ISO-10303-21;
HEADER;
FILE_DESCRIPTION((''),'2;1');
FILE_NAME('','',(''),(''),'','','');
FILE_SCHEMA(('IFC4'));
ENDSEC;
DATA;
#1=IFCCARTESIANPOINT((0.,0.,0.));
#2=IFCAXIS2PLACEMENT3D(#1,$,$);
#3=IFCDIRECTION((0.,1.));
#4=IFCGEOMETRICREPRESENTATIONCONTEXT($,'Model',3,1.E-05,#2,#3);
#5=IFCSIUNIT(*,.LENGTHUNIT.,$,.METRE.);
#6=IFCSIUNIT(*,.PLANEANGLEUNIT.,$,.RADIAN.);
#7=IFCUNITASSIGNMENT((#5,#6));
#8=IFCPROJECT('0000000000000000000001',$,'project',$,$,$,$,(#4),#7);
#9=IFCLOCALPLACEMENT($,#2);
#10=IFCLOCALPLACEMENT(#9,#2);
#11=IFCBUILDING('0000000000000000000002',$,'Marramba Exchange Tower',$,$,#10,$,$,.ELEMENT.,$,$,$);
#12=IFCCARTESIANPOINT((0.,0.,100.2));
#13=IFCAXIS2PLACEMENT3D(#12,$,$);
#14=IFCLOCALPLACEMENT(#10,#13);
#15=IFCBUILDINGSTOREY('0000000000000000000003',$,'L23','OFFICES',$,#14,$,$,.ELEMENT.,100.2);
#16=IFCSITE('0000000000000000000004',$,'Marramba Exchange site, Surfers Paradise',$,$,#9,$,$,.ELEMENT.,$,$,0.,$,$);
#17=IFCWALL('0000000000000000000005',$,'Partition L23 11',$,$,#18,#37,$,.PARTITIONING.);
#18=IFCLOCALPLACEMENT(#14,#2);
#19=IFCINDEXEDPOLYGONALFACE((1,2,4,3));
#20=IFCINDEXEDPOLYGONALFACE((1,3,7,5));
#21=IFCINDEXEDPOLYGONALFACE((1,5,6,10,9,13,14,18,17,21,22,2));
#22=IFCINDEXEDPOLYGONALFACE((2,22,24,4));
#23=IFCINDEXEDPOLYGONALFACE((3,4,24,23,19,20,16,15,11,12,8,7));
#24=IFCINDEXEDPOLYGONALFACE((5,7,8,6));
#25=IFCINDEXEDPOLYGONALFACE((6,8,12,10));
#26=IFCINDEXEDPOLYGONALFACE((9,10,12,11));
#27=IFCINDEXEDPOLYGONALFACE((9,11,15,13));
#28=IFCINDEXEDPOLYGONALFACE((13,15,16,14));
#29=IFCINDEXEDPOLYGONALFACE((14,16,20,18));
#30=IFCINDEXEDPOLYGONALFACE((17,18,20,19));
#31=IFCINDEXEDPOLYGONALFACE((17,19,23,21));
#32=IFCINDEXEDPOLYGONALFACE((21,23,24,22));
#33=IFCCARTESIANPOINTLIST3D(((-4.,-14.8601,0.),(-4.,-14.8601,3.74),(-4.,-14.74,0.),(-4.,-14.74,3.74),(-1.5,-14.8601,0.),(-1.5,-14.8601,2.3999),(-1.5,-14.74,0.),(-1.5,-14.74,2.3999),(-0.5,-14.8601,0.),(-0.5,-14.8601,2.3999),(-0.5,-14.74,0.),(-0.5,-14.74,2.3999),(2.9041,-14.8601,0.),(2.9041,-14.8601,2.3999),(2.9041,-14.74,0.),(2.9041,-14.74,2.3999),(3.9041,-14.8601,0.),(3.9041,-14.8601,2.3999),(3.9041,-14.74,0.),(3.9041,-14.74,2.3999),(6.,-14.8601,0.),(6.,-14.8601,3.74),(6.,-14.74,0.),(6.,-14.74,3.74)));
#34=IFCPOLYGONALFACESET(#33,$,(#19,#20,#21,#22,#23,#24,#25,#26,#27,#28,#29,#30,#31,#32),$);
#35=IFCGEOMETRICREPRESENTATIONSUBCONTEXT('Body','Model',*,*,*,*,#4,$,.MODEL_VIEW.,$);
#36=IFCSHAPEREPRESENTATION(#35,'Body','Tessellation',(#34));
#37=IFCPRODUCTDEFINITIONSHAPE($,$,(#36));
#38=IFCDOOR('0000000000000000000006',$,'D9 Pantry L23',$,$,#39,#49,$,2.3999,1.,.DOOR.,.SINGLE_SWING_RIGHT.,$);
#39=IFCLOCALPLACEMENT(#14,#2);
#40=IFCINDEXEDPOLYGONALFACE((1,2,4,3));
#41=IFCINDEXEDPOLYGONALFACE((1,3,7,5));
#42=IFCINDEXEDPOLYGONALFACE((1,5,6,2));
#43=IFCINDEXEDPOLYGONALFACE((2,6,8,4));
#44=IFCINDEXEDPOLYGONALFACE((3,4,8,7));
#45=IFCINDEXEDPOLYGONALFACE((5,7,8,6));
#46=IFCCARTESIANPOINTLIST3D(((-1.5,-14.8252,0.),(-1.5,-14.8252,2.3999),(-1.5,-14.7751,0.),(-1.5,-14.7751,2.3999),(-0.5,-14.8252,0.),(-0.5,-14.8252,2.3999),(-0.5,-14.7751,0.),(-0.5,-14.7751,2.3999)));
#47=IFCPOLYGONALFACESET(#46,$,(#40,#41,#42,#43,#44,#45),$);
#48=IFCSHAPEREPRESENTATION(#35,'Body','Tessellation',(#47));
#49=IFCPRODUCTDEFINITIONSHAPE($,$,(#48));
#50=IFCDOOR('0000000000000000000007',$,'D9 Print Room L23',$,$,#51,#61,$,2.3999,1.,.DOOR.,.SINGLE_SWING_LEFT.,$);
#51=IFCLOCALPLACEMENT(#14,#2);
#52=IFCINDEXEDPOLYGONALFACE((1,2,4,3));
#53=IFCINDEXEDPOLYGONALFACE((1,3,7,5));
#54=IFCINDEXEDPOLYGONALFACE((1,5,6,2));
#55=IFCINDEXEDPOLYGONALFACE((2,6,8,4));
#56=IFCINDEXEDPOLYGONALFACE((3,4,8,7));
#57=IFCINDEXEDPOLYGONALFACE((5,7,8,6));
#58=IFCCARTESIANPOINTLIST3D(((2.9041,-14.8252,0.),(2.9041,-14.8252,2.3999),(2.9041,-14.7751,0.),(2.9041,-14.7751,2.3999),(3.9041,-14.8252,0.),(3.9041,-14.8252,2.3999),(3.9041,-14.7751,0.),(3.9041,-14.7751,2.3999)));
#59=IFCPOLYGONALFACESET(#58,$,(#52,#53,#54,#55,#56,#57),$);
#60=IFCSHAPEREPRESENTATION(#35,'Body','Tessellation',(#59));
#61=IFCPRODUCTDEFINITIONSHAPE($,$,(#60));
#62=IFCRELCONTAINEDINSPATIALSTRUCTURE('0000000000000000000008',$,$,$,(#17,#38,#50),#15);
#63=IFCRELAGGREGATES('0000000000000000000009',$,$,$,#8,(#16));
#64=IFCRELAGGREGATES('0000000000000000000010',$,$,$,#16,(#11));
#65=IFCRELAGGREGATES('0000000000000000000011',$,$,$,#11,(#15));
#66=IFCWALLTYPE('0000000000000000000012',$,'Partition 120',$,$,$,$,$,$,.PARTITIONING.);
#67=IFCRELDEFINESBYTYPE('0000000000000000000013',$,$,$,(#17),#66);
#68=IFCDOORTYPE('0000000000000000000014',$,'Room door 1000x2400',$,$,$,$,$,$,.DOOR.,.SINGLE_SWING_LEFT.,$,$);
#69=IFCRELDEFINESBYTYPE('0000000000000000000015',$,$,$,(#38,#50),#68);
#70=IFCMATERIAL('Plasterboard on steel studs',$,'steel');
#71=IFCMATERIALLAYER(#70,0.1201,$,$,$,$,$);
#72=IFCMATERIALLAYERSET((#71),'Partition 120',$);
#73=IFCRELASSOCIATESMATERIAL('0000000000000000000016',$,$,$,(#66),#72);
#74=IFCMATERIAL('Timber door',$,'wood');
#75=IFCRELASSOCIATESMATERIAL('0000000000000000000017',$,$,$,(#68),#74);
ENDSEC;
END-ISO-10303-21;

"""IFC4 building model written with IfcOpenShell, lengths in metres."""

from ifc_helpers import new_model, si_unit, direction, frame, frame_2d, origin, place, context, subcontext, project, spatial, rectangle, extrude, material, layer, layer_set, type_object, element, fill, save


model = new_model("IFC4")

# Units and contexts
model_context = context("Model", 3, precision=1e-05, world=origin(), true_north=direction((0.0, 1.0)))
body_context = subcontext(model_context, "Body", "Model", "MODEL_VIEW")
ifc_project = project(units=[si_unit("LENGTHUNIT", "METRE"), si_unit("PLANEANGLEUNIT", "RADIAN")], contexts=[model_context])

# Site, building, storey
site_placement = place(None, origin())
site = spatial("IfcSite", under=ifc_project, at=site_placement, Name="Marramba Exchange site, Surfers Paradise", CompositionType="ELEMENT", RefElevation=0.0)
building_placement = place(site_placement, origin())
building = spatial("IfcBuilding", under=site, at=building_placement, Name="Marramba Exchange Tower", CompositionType="ELEMENT")
storey_placement = place(building_placement, frame((0.0, 0.0, 100.2)))
storey = spatial("IfcBuildingStorey", under=building, at=storey_placement, Name="L23", Description="OFFICES", CompositionType="ELEMENT", Elevation=100.2)

# Shared definitions
ifc_material_1 = material(Name="Plasterboard on steel studs", Category="steel")
ifc_layer_1 = layer(ifc_material_1, 0.1201)
ifc_layer_set_1 = layer_set([ifc_layer_1], Name="Partition 120")
wall_type_1 = type_object("IfcWallType", Name="Partition 120", PredefinedType="PARTITIONING", material=ifc_layer_set_1)

# Wall, openings, doors
wall_1_placement = place(storey_placement, frame((-4.0, -14.8, 0.0), z_axis=(0.0, 0.0, 1.0), x_axis=(1.0, 0.0, 0.0)))
wall_1 = element("IfcWall", 1, at=wall_1_placement, inside=storey, type_object=wall_type_1, Name="Partition L23 11", PredefinedType="PARTITIONING", context=body_context, shape_type="SweptSolid", body=[
    extrude(rectangle(XDim=10.0, YDim=0.1201, at=frame_2d((5.0, 0.0))), origin(), (0.0, 0.0, 1.0), 3.74),
])
opening_1_placement = place(wall_1_placement, frame((2.5, 0.0, 0.0)))
opening_1 = element("IfcOpeningElement", 2, at=opening_1_placement, cuts=wall_1, PredefinedType="OPENING", context=body_context, shape_type="SweptSolid", body=[
    extrude(rectangle(XDim=1.0, YDim=2.3999, at=frame_2d((0.5, 1.2))), frame((0.0, 0.0701, 0.0), z_axis=(0.0, -1.0, 0.0), x_axis=(1.0, 0.0, 0.0)), (0.0, 0.0, 1.0), 0.1401),
])
opening_2_placement = place(wall_1_placement, frame((6.9041, 0.0, 0.0)))
opening_2 = element("IfcOpeningElement", 3, at=opening_2_placement, cuts=wall_1, PredefinedType="OPENING", context=body_context, shape_type="SweptSolid", body=[
    extrude(rectangle(XDim=1.0, YDim=2.3999, at=frame_2d((0.5, 1.2))), frame((0.0, 0.0701, 0.0), z_axis=(0.0, -1.0, 0.0), x_axis=(1.0, 0.0, 0.0)), (0.0, 0.0, 1.0), 0.1401),
])
ifc_material_2 = material(Name="Timber door", Category="wood")
door_type_1 = type_object("IfcDoorType", Name="Room door 1000x2400", OperationType="SINGLE_SWING_LEFT", PredefinedType="DOOR", material=ifc_material_2)
door_1_placement = place(opening_1_placement, origin())
door_1 = element("IfcDoor", 4, at=door_1_placement, inside=storey, type_object=door_type_1, Name="D9 Pantry L23", OperationType="SINGLE_SWING_RIGHT", OverallHeight=2.3999, OverallWidth=1.0, PredefinedType="DOOR", context=body_context, shape_type="SweptSolid", body=[
    extrude(rectangle(XDim=1.0, YDim=2.3999, at=frame_2d((0.5, 1.2))), frame((0.0, 0.0249, 0.0), z_axis=(0.0, -1.0, 0.0), x_axis=(1.0, 0.0, 0.0)), (0.0, 0.0, 1.0), 0.05),
])
fill(opening_1, door_1)
door_2_placement = place(opening_2_placement, origin())
door_2 = element("IfcDoor", 5, at=door_2_placement, inside=storey, type_object=door_type_1, Name="D9 Print Room L23", OperationType="SINGLE_SWING_LEFT", OverallHeight=2.3999, OverallWidth=1.0, PredefinedType="DOOR", context=body_context, shape_type="SweptSolid", body=[
    extrude(rectangle(XDim=1.0, YDim=2.3999, at=frame_2d((0.5, 1.2))), frame((0.0, 0.0249, 0.0), z_axis=(0.0, -1.0, 0.0), x_axis=(1.0, 0.0, 0.0)), (0.0, 0.0, 1.0), 0.05),
])
fill(opening_2, door_2)

save(model, "model.ifc")
